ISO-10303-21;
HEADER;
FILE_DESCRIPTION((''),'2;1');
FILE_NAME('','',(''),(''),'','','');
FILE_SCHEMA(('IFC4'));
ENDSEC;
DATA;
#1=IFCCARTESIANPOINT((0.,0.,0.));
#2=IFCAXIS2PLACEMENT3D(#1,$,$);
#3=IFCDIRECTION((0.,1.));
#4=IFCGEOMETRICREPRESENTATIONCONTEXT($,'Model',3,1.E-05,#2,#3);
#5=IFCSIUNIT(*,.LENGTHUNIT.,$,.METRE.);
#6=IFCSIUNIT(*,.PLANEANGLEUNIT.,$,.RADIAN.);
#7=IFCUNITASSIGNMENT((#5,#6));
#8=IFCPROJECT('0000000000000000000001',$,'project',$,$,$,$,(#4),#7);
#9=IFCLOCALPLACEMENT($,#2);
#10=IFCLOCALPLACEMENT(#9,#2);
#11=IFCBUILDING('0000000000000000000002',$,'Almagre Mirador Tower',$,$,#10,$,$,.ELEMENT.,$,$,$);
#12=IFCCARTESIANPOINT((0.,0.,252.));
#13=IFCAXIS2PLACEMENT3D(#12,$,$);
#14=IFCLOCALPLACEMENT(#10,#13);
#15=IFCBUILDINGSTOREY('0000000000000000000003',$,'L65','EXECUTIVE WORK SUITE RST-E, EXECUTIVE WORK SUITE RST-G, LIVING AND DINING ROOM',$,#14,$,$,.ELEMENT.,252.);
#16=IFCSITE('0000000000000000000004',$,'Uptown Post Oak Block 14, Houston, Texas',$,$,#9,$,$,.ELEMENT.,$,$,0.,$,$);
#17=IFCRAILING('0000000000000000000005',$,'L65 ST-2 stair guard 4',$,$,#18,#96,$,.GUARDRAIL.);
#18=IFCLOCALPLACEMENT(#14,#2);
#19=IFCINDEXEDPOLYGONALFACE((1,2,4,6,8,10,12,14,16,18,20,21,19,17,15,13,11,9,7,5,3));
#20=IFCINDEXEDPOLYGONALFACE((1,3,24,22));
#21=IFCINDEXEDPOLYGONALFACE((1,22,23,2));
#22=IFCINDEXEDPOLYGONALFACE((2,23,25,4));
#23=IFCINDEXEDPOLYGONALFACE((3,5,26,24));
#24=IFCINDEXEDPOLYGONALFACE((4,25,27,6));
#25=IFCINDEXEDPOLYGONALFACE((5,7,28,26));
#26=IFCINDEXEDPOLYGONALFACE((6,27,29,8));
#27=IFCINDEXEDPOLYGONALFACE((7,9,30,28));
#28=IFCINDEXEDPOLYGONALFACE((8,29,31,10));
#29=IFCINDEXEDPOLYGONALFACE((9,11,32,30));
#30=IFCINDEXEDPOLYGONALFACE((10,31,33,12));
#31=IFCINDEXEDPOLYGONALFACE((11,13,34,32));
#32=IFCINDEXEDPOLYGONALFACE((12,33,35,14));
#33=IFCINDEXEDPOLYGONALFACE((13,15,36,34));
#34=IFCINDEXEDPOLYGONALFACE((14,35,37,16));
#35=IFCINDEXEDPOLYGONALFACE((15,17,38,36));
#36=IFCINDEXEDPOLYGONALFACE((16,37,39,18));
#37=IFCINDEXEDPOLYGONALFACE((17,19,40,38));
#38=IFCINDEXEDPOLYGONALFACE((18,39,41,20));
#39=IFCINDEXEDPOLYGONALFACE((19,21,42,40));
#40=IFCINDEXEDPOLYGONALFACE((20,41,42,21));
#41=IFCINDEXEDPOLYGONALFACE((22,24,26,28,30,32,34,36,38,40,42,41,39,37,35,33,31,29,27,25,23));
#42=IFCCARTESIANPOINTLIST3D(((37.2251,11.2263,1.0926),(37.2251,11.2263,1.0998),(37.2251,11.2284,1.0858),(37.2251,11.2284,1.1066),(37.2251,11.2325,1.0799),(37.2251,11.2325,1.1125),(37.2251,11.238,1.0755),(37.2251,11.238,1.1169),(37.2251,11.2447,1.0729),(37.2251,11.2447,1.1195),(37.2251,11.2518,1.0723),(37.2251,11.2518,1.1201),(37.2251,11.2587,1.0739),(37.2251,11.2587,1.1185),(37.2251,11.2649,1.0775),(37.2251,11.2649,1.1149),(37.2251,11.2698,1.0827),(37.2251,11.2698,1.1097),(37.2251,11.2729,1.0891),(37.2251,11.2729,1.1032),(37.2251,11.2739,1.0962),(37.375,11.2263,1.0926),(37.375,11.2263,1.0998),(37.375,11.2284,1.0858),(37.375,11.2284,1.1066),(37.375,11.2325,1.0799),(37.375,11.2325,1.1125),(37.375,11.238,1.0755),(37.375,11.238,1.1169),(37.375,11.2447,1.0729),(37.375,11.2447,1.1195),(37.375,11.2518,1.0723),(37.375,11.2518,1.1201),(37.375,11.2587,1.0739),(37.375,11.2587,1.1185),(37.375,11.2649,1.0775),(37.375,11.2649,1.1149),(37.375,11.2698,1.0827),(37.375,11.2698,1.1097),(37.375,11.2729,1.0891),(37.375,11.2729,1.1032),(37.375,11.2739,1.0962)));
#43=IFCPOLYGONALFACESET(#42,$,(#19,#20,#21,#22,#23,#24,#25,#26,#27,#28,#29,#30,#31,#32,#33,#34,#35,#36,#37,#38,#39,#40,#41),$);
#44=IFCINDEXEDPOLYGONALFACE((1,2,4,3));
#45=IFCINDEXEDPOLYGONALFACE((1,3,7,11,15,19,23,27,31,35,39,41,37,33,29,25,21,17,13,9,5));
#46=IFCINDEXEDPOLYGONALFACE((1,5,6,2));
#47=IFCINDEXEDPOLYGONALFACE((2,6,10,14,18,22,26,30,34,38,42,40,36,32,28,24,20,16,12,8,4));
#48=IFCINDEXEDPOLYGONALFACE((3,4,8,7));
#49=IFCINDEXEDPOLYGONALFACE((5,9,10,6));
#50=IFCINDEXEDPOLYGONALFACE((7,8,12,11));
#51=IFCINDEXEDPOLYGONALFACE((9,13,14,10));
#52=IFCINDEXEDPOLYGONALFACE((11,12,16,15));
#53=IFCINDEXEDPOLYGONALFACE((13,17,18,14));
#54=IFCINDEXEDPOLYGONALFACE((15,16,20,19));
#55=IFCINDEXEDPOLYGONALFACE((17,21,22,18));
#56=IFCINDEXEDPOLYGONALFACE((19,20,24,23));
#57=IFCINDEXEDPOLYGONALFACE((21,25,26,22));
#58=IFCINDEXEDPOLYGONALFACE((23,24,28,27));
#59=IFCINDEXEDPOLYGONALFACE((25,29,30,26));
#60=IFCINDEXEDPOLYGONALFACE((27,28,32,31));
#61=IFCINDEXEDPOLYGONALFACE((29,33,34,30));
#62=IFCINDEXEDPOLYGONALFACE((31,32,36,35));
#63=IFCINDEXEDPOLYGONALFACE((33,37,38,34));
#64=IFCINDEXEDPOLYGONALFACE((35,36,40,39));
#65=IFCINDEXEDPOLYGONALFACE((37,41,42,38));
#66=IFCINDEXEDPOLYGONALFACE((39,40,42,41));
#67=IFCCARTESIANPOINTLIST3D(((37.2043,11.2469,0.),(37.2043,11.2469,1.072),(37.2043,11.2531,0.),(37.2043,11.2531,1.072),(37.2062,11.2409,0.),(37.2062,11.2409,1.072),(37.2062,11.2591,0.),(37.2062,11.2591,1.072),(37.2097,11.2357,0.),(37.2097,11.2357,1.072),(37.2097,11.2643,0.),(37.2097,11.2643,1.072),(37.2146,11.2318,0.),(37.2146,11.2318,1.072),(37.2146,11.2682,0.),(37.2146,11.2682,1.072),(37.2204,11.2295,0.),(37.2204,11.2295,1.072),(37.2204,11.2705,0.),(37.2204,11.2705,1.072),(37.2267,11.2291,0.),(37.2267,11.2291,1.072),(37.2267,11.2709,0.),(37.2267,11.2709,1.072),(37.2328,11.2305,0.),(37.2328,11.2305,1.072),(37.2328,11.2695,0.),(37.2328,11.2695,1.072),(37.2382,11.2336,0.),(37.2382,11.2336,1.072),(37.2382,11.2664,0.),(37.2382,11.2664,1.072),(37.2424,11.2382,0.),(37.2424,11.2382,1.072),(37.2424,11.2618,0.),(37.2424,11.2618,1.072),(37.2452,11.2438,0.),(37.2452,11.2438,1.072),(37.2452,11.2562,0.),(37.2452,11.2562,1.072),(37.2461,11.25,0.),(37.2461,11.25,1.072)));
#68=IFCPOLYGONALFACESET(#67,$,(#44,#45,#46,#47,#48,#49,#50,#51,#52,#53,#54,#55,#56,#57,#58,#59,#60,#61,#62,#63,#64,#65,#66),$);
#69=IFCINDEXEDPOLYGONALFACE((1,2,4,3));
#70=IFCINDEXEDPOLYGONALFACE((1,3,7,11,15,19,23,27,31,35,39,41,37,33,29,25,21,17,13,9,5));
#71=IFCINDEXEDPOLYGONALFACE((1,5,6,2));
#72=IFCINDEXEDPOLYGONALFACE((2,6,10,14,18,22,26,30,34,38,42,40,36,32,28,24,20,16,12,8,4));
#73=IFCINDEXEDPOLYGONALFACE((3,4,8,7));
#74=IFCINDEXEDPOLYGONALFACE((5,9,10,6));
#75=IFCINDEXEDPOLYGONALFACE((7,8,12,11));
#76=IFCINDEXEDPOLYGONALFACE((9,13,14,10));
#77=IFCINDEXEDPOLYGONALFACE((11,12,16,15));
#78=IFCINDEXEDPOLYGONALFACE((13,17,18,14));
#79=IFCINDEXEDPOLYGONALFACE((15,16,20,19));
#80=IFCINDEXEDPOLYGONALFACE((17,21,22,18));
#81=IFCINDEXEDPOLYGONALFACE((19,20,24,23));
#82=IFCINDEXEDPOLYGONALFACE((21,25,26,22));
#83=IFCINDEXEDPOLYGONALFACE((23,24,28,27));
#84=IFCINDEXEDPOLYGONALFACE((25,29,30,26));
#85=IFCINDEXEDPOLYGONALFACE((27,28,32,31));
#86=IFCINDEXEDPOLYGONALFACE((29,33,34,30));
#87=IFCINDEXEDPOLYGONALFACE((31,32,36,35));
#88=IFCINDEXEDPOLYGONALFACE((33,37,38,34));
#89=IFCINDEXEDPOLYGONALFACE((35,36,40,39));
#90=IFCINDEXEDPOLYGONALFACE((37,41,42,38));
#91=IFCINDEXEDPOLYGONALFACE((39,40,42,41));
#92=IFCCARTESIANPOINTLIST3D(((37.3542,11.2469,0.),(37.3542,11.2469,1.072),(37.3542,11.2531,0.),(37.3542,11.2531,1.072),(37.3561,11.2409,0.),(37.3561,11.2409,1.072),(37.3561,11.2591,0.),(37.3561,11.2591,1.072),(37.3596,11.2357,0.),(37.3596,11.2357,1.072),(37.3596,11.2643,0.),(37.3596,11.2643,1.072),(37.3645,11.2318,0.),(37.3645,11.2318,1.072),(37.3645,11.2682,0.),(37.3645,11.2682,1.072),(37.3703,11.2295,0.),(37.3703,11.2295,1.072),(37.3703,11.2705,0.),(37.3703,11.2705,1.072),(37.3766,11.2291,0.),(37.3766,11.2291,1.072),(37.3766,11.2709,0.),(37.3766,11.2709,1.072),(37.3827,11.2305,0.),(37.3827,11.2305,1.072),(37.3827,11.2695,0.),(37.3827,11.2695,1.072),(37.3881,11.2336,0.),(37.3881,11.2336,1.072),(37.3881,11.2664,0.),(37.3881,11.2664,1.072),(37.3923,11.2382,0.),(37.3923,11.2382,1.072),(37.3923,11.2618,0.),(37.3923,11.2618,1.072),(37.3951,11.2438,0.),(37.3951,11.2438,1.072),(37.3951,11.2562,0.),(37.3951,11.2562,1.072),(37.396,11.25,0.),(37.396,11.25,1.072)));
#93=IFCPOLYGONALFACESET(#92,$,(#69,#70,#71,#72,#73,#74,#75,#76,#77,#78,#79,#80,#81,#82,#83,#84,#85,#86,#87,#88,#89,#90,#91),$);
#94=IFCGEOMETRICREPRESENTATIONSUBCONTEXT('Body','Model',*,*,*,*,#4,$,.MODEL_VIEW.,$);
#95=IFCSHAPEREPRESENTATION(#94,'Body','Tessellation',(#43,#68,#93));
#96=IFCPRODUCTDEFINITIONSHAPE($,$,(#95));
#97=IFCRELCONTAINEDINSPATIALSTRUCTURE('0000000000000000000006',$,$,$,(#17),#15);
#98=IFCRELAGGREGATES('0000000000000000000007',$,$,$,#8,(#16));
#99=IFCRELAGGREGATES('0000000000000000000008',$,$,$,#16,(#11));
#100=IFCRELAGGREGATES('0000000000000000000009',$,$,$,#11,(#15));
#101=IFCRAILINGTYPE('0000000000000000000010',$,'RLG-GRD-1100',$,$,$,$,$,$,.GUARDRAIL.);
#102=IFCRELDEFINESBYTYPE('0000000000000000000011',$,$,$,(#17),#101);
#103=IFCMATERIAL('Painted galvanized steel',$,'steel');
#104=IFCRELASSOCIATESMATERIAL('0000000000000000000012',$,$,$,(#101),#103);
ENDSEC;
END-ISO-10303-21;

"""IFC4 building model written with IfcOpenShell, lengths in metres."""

from ifc_helpers import new_model, si_unit, direction, frame, origin, origin_2d, place, context, subcontext, project, spatial, circle, extrude, material, type_object, element, save


model = new_model("IFC4")

# Units and contexts
model_context = context("Model", 3, precision=1e-05, world=origin(), true_north=direction((0.0, 1.0)))
body_context = subcontext(model_context, "Body", "Model", "MODEL_VIEW")
ifc_project = project(units=[si_unit("LENGTHUNIT", "METRE"), si_unit("PLANEANGLEUNIT", "RADIAN")], contexts=[model_context])

# Site, building, storey
site_placement = place(None, origin())
site = spatial("IfcSite", under=ifc_project, at=site_placement, Name="Uptown Post Oak Block 14, Houston, Texas", CompositionType="ELEMENT", RefElevation=0.0)
building_placement = place(site_placement, origin())
building = spatial("IfcBuilding", under=site, at=building_placement, Name="Almagre Mirador Tower", CompositionType="ELEMENT")
storey_placement = place(building_placement, frame((0.0, 0.0, 252.0)))
storey = spatial("IfcBuildingStorey", under=building, at=storey_placement, Name="L65", Description="EXECUTIVE WORK SUITE RST-E, EXECUTIVE WORK SUITE RST-G, LIVING AND DINING ROOM", CompositionType="ELEMENT", Elevation=252.0)

# Railing
ifc_material_1 = material(Name="Painted galvanized steel", Category="steel")
railing_type_1 = type_object("IfcRailingType", Name="RLG-GRD-1100", PredefinedType="GUARDRAIL", material=ifc_material_1)
railing_1_placement = place(storey_placement, frame((37.2251, 11.25, 0.0)))
element("IfcRailing", 1, at=railing_1_placement, inside=storey, type_object=railing_type_1, Name="L65 ST-2 stair guard 4", PredefinedType="GUARDRAIL", context=body_context, shape_type="SweptSolid", body=[
    extrude(circle(Radius=0.0239, at=origin_2d()), frame((0.0, 0.0, 1.0962), z_axis=(1.0, 0.0, 0.0), x_axis=(0.0, 1.0, 0.0)), (0.0, 0.0, 1.0), 0.1499),
    extrude(circle(Radius=0.021, at=origin_2d()), origin(), (0.0, 0.0, 1.0), 1.072),
    extrude(circle(Radius=0.021, at=origin_2d()), frame((0.1499, 0.0, 0.0)), (0.0, 0.0, 1.0), 1.072),
])

save(model, "model.ifc")
